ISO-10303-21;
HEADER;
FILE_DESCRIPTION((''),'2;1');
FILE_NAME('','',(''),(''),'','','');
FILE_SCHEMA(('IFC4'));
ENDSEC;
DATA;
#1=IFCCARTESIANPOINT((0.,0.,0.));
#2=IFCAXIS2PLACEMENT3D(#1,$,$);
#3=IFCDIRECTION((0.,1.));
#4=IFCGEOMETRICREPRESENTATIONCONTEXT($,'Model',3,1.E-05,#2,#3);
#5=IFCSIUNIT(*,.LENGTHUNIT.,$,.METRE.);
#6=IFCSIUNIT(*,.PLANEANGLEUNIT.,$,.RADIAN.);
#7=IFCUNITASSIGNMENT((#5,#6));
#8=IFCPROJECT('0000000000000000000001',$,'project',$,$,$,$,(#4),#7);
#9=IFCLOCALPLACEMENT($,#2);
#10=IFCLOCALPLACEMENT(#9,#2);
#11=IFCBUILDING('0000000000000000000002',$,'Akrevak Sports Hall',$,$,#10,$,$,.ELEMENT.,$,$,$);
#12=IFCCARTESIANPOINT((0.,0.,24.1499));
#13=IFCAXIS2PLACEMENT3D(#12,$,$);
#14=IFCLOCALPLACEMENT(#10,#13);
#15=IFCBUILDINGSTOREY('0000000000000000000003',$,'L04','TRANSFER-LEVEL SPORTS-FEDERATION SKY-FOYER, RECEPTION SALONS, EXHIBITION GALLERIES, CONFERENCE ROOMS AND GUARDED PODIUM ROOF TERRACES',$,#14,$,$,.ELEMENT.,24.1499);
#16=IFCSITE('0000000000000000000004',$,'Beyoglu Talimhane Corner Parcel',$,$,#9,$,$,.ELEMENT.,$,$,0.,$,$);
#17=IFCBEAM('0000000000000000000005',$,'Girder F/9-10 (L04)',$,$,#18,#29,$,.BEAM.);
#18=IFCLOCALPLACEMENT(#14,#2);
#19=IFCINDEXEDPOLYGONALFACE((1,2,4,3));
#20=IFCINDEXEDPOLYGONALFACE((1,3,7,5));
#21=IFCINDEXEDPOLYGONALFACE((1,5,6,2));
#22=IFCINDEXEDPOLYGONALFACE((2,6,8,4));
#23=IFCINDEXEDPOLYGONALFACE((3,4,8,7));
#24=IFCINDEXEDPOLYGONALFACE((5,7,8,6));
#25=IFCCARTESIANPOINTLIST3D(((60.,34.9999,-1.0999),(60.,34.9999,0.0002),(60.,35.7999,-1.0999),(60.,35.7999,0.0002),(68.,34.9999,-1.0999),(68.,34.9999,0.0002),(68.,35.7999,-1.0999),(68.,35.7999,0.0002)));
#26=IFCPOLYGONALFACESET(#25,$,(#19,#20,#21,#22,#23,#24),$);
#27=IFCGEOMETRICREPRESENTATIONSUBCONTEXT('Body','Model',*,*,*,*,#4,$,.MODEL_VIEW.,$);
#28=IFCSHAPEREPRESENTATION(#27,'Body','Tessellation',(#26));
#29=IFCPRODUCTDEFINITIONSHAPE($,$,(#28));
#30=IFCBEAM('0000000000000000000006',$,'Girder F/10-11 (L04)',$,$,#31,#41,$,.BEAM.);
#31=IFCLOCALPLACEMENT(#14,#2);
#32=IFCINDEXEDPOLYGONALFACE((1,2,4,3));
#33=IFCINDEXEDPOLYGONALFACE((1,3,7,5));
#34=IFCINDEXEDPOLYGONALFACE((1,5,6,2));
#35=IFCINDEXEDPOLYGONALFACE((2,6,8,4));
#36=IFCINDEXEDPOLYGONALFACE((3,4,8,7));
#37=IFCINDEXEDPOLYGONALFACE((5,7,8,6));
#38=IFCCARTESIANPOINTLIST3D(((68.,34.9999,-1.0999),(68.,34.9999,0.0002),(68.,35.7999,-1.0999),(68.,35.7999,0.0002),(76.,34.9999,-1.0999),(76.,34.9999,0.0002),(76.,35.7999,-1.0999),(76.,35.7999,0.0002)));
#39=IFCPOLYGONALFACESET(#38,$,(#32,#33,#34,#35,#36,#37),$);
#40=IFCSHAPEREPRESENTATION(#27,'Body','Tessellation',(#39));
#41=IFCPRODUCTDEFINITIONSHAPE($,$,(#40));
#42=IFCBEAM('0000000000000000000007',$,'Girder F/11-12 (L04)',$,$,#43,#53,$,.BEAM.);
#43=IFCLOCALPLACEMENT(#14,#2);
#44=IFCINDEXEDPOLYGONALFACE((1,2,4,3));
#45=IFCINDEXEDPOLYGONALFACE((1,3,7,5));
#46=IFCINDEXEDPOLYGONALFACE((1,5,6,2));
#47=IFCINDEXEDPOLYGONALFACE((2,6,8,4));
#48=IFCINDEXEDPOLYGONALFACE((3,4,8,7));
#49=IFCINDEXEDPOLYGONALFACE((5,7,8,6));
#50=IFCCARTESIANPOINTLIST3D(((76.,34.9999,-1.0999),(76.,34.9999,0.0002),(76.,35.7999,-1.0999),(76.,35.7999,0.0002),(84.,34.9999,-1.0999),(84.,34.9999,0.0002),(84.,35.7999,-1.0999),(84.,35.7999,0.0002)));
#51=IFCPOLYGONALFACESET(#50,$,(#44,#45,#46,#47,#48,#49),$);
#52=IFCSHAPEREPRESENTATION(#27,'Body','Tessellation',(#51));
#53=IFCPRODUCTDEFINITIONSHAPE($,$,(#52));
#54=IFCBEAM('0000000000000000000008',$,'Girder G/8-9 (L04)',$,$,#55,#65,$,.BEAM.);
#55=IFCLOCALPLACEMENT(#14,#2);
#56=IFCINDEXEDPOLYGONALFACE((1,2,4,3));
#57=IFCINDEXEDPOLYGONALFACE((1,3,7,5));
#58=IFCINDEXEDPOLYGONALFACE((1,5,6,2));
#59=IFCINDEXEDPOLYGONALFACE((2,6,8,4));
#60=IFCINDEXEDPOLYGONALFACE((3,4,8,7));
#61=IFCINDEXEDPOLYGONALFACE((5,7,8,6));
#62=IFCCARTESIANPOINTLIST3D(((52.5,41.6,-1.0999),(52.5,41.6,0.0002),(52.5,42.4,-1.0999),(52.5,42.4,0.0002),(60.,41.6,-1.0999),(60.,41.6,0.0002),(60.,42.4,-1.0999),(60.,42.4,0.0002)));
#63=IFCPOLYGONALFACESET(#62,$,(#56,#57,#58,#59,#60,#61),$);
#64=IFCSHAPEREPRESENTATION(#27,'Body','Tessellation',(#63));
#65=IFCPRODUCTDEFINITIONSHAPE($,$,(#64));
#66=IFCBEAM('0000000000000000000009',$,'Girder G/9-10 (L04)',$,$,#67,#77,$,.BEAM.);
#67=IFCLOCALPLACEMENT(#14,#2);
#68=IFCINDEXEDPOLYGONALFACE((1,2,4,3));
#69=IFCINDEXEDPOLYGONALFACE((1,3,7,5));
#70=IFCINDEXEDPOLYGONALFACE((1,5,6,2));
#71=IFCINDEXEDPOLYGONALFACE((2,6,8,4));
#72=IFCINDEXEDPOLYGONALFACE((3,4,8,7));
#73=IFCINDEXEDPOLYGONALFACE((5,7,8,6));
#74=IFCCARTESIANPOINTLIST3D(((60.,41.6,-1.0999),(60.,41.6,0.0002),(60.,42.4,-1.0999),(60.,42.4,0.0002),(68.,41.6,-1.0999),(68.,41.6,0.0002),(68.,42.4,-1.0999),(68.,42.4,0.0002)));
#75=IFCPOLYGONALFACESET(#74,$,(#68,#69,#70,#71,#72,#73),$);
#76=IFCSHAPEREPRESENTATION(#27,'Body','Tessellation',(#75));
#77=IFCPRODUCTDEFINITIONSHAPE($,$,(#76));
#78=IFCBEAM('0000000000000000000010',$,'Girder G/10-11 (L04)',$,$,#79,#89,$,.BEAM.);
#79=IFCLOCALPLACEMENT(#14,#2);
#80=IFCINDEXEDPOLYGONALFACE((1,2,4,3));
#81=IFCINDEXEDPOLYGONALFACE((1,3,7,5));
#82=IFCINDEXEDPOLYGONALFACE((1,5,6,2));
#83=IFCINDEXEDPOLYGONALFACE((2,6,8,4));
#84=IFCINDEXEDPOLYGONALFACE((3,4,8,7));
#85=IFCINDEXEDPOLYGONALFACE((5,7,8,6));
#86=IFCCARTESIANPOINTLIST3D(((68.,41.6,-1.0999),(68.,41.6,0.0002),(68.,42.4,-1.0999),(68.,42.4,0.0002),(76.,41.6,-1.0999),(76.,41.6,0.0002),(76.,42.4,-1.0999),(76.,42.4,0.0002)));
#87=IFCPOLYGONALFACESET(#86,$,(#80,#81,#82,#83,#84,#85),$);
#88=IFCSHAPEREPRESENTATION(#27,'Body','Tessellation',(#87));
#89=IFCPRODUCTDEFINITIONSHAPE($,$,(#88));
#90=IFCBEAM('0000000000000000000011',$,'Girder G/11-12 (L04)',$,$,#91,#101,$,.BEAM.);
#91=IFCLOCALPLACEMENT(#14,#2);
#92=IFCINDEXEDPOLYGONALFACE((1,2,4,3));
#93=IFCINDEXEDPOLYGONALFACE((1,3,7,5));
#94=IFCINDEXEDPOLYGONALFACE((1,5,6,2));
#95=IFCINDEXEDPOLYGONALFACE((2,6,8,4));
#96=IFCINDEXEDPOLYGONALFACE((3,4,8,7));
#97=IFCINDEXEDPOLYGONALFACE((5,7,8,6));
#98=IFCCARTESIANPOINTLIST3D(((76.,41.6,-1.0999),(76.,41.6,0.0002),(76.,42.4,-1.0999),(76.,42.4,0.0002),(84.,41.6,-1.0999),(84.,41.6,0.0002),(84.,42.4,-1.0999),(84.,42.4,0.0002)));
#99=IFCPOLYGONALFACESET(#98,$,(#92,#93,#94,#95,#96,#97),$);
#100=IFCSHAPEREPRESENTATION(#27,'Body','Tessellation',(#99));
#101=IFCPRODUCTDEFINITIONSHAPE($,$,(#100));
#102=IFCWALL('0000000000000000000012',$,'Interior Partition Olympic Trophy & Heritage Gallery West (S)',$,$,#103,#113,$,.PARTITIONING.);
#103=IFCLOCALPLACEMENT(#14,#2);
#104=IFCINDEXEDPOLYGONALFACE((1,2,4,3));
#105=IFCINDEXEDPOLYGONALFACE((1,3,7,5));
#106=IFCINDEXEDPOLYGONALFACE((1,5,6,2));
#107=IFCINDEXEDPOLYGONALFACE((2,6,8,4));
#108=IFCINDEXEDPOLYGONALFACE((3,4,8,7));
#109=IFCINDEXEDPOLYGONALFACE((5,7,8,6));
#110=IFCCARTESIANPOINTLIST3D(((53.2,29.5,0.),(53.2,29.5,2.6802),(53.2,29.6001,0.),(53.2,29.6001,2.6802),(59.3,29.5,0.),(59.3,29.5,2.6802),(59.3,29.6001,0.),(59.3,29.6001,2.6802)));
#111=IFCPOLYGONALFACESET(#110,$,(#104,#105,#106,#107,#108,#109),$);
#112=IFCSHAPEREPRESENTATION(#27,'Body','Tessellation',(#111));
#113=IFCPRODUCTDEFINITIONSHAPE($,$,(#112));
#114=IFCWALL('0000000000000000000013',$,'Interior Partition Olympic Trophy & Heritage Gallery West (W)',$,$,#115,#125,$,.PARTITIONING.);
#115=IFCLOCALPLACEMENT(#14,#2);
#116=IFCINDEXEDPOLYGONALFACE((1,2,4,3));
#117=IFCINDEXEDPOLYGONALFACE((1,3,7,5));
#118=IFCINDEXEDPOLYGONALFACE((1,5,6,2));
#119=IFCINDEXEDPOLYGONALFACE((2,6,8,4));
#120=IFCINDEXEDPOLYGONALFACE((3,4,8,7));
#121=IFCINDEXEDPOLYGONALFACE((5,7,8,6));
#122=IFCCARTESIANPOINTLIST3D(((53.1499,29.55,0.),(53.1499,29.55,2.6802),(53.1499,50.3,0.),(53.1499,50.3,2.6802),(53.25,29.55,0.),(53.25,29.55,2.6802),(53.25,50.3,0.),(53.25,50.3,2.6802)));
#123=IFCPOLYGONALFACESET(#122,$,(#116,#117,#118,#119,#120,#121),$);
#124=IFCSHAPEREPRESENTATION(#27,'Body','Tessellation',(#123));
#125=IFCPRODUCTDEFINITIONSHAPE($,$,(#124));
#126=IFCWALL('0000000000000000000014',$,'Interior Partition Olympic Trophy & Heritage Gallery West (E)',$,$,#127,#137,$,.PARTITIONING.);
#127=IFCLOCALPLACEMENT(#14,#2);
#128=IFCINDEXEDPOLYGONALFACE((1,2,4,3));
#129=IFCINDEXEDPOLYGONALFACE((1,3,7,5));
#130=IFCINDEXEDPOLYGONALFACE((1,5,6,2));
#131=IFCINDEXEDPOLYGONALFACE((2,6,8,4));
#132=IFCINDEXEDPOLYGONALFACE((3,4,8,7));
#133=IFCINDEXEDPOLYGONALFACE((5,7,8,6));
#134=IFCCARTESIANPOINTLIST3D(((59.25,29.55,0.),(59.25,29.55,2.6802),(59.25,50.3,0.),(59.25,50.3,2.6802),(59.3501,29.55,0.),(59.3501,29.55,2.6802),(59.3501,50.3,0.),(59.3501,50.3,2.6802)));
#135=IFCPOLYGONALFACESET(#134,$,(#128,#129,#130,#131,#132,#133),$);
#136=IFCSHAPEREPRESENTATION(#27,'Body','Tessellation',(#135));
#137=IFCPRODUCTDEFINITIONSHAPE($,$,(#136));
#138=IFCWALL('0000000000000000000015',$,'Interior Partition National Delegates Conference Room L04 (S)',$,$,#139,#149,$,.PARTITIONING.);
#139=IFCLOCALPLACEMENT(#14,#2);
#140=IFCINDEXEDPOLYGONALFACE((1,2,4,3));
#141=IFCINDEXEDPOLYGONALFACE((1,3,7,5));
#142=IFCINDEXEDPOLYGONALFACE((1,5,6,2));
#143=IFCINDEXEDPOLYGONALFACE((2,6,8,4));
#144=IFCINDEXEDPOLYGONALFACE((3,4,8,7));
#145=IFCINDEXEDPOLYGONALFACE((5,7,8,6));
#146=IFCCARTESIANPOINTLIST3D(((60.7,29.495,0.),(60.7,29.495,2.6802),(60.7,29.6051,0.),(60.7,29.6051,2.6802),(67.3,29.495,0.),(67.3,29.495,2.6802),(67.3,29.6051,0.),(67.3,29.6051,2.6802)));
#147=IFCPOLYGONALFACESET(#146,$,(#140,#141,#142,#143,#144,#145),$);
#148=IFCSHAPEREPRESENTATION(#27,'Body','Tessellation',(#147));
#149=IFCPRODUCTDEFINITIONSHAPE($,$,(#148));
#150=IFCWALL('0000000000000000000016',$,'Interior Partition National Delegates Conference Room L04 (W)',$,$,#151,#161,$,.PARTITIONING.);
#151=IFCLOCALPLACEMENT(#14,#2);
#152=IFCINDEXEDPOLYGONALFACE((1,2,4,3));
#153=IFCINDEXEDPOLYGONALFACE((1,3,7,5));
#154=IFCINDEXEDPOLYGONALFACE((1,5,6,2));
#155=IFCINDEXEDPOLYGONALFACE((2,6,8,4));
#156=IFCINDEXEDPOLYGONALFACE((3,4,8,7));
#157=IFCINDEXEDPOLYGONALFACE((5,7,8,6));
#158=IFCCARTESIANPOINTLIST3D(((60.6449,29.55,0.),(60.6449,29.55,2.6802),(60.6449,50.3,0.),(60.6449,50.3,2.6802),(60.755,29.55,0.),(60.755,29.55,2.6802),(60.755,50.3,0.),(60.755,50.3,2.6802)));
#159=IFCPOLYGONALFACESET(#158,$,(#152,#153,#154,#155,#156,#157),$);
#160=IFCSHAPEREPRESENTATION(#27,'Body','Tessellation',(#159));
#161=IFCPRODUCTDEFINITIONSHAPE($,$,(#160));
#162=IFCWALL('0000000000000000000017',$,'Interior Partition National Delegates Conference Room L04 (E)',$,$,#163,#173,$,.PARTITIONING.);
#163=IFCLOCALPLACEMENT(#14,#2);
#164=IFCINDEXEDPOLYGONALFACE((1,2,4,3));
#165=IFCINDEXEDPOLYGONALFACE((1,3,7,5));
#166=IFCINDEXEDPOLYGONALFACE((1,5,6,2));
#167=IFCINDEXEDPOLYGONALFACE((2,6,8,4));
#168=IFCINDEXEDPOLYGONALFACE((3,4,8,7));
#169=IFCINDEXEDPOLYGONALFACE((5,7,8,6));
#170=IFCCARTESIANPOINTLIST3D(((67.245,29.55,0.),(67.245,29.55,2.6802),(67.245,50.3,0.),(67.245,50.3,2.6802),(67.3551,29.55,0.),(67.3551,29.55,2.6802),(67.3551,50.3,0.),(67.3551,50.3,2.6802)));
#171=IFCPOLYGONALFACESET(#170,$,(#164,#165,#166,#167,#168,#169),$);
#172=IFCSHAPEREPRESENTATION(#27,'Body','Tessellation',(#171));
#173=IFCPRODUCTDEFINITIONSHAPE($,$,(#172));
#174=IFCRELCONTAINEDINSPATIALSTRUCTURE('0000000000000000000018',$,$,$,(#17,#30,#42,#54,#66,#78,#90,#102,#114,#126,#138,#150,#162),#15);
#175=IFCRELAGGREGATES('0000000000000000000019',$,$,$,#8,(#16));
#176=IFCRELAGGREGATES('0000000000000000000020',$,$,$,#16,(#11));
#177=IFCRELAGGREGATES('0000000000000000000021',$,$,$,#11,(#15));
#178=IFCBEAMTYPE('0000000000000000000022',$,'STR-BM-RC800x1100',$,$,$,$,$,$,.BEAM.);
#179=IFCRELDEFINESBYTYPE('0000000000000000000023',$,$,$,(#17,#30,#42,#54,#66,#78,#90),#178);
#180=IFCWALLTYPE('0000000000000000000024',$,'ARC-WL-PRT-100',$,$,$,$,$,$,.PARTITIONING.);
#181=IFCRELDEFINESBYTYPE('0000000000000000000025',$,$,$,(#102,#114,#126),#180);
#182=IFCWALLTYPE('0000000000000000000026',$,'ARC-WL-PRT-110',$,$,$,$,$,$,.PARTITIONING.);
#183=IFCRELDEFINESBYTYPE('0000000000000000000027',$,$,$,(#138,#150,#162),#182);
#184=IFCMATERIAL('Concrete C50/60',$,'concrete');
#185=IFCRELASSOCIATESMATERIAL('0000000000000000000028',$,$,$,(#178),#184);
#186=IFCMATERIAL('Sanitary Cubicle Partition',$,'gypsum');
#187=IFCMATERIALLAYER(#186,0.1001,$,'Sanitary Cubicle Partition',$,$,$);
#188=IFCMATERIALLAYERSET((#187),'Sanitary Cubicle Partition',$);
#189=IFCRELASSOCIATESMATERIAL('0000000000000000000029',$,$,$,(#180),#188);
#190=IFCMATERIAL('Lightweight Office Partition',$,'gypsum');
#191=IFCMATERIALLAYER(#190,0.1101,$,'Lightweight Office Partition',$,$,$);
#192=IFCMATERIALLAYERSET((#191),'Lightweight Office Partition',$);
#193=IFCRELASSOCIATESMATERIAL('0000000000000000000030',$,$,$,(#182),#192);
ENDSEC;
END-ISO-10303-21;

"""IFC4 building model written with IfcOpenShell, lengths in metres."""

from ifc_helpers import new_model, si_unit, direction, frame, frame_2d, origin, origin_2d, place, context, subcontext, project, spatial, rectangle, extrude, material, layer, layer_set, material_profile, profile_set, type_object, element, save


model = new_model("IFC4")

# Units and contexts
model_context = context("Model", 3, precision=1e-05, world=origin(), true_north=direction((0.0, 1.0)))
body_context = subcontext(model_context, "Body", "Model", "MODEL_VIEW")
ifc_project = project(units=[si_unit("LENGTHUNIT", "METRE"), si_unit("PLANEANGLEUNIT", "RADIAN")], contexts=[model_context])

# Site, building, storey
site_placement = place(None, origin())
site = spatial("IfcSite", under=ifc_project, at=site_placement, Name="Beyoglu Talimhane Corner Parcel", CompositionType="ELEMENT", RefElevation=0.0)
building_placement = place(site_placement, origin())
building = spatial("IfcBuilding", under=site, at=building_placement, Name="Akrevak Sports Hall", CompositionType="ELEMENT")
storey_placement = place(building_placement, frame((0.0, 0.0, 24.1499)))
storey = spatial("IfcBuildingStorey", under=building, at=storey_placement, Name="L04", Description="TRANSFER-LEVEL SPORTS-FEDERATION SKY-FOYER, RECEPTION SALONS, EXHIBITION GALLERIES, CONFERENCE ROOMS AND GUARDED PODIUM ROOF TERRACES", CompositionType="ELEMENT", Elevation=24.1499)

# Shared definitions
ifc_material_1 = material(Name="Concrete C50/60", Category="concrete")

# Beams
ifc_material_profile_1 = material_profile(ifc_material_1, rectangle(XDim=0.8, YDim=1.1001, at=origin_2d()), Name="BM 800x1100", Category="concrete")
ifc_profile_set_1 = profile_set([ifc_material_profile_1], Name="Concrete C50/60")
beam_type_1 = type_object("IfcBeamType", Name="STR-BM-RC800x1100", PredefinedType="BEAM", material=ifc_profile_set_1)
for number, where, z_axis, x_axis, name in (
    (1, (60.0, 35.3999, -0.5498), (1.0, 0.0, 0.0), (0.0, 1.0, 0.0), "Girder F/9-10 (L04)"),
    (2, (68.0, 35.3999, -0.5498), (1.0, 0.0, 0.0), (0.0, 1.0, 0.0), "Girder F/10-11 (L04)"),
    (3, (76.0, 35.3999, -0.5498), (1.0, 0.0, 0.0), (0.0, 1.0, 0.0), "Girder F/11-12 (L04)"),
):
    element("IfcBeam", number, at=place(storey_placement, frame(where, z_axis=z_axis, x_axis=x_axis)), inside=storey, type_object=beam_type_1, Name=name, PredefinedType="BEAM", context=body_context, shape_type="SweptSolid", body=[
        extrude(rectangle(XDim=0.8, YDim=1.1001, at=origin_2d()), origin(), (0.0, 0.0, 1.0), 8.0),
    ])
beam_1_placement = place(storey_placement, frame((52.5, 42.0, -0.5498), z_axis=(1.0, 0.0, 0.0), x_axis=(0.0, 1.0, 0.0)))
element("IfcBeam", 4, at=beam_1_placement, inside=storey, type_object=beam_type_1, Name="Girder G/8-9 (L04)", PredefinedType="BEAM", context=body_context, shape_type="SweptSolid", body=[
    extrude(rectangle(XDim=0.8, YDim=1.1001, at=origin_2d()), origin(), (0.0, 0.0, 1.0), 7.5),
])
for number, where, z_axis, x_axis, name in (
    (5, (60.0, 42.0, -0.5498), (1.0, 0.0, 0.0), (0.0, 1.0, 0.0), "Girder G/9-10 (L04)"),
    (6, (68.0, 42.0, -0.5498), (1.0, 0.0, 0.0), (0.0, 1.0, 0.0), "Girder G/10-11 (L04)"),
    (7, (76.0, 42.0, -0.5498), (1.0, 0.0, 0.0), (0.0, 1.0, 0.0), "Girder G/11-12 (L04)"),
):
    element("IfcBeam", number, at=place(storey_placement, frame(where, z_axis=z_axis, x_axis=x_axis)), inside=storey, type_object=beam_type_1, Name=name, PredefinedType="BEAM", context=body_context, shape_type="SweptSolid", body=[
        extrude(rectangle(XDim=0.8, YDim=1.1001, at=origin_2d()), origin(), (0.0, 0.0, 1.0), 8.0),
    ])

# Walls
ifc_material_2 = material(Name="Sanitary Cubicle Partition", Category="gypsum")
ifc_layer_1 = layer(ifc_material_2, 0.1001, Name="Sanitary Cubicle Partition")
ifc_layer_set_1 = layer_set([ifc_layer_1], Name="Sanitary Cubicle Partition")
wall_type_1 = type_object("IfcWallType", Name="ARC-WL-PRT-100", PredefinedType="PARTITIONING", material=ifc_layer_set_1)
wall_1_placement = place(storey_placement, frame((53.2, 29.55, 0.0), z_axis=(0.0, 0.0, 1.0), x_axis=(1.0, 0.0, 0.0)))
element("IfcWall", 8, at=wall_1_placement, inside=storey, type_object=wall_type_1, Name="Interior Partition Olympic Trophy & Heritage Gallery West (S)", PredefinedType="PARTITIONING", context=body_context, shape_type="SweptSolid", body=[
    extrude(rectangle(XDim=6.1001, YDim=0.1001, at=frame_2d((3.05, 0.0))), origin(), (0.0, 0.0, 1.0), 2.6802),
])
for number, where, z_axis, x_axis, name in (
    (9, (53.2, 29.55, 0.0), (0.0, 0.0, 1.0), (0.0, 1.0, 0.0), "Interior Partition Olympic Trophy & Heritage Gallery West (W)"),
    (10, (59.3, 29.55, 0.0), (0.0, 0.0, 1.0), (0.0, 1.0, 0.0), "Interior Partition Olympic Trophy & Heritage Gallery West (E)"),
):
    element("IfcWall", number, at=place(storey_placement, frame(where, z_axis=z_axis, x_axis=x_axis)), inside=storey, type_object=wall_type_1, Name=name, PredefinedType="PARTITIONING", context=body_context, shape_type="SweptSolid", body=[
        extrude(rectangle(XDim=20.75, YDim=0.1001, at=frame_2d((10.375, 0.0))), origin(), (0.0, 0.0, 1.0), 2.6802),
    ])
ifc_material_3 = material(Name="Lightweight Office Partition", Category="gypsum")
ifc_layer_2 = layer(ifc_material_3, 0.1101, Name="Lightweight Office Partition")
ifc_layer_set_2 = layer_set([ifc_layer_2], Name="Lightweight Office Partition")
wall_type_2 = type_object("IfcWallType", Name="ARC-WL-PRT-110", PredefinedType="PARTITIONING", material=ifc_layer_set_2)
wall_2_placement = place(storey_placement, frame((60.7, 29.55, 0.0), z_axis=(0.0, 0.0, 1.0), x_axis=(1.0, 0.0, 0.0)))
element("IfcWall", 11, at=wall_2_placement, inside=storey, type_object=wall_type_2, Name="Interior Partition National Delegates Conference Room L04 (S)", PredefinedType="PARTITIONING", context=body_context, shape_type="SweptSolid", body=[
    extrude(rectangle(XDim=6.6001, YDim=0.1101, at=frame_2d((3.3, 0.0))), origin(), (0.0, 0.0, 1.0), 2.6802),
])
for number, where, z_axis, x_axis, name in (
    (12, (60.7, 29.55, 0.0), (0.0, 0.0, 1.0), (0.0, 1.0, 0.0), "Interior Partition National Delegates Conference Room L04 (W)"),
    (13, (67.3, 29.55, 0.0), (0.0, 0.0, 1.0), (0.0, 1.0, 0.0), "Interior Partition National Delegates Conference Room L04 (E)"),
):
    element("IfcWall", number, at=place(storey_placement, frame(where, z_axis=z_axis, x_axis=x_axis)), inside=storey, type_object=wall_type_2, Name=name, PredefinedType="PARTITIONING", context=body_context, shape_type="SweptSolid", body=[
        extrude(rectangle(XDim=20.75, YDim=0.1101, at=frame_2d((10.375, 0.0))), origin(), (0.0, 0.0, 1.0), 2.6802),
    ])

save(model, "model.ifc")
